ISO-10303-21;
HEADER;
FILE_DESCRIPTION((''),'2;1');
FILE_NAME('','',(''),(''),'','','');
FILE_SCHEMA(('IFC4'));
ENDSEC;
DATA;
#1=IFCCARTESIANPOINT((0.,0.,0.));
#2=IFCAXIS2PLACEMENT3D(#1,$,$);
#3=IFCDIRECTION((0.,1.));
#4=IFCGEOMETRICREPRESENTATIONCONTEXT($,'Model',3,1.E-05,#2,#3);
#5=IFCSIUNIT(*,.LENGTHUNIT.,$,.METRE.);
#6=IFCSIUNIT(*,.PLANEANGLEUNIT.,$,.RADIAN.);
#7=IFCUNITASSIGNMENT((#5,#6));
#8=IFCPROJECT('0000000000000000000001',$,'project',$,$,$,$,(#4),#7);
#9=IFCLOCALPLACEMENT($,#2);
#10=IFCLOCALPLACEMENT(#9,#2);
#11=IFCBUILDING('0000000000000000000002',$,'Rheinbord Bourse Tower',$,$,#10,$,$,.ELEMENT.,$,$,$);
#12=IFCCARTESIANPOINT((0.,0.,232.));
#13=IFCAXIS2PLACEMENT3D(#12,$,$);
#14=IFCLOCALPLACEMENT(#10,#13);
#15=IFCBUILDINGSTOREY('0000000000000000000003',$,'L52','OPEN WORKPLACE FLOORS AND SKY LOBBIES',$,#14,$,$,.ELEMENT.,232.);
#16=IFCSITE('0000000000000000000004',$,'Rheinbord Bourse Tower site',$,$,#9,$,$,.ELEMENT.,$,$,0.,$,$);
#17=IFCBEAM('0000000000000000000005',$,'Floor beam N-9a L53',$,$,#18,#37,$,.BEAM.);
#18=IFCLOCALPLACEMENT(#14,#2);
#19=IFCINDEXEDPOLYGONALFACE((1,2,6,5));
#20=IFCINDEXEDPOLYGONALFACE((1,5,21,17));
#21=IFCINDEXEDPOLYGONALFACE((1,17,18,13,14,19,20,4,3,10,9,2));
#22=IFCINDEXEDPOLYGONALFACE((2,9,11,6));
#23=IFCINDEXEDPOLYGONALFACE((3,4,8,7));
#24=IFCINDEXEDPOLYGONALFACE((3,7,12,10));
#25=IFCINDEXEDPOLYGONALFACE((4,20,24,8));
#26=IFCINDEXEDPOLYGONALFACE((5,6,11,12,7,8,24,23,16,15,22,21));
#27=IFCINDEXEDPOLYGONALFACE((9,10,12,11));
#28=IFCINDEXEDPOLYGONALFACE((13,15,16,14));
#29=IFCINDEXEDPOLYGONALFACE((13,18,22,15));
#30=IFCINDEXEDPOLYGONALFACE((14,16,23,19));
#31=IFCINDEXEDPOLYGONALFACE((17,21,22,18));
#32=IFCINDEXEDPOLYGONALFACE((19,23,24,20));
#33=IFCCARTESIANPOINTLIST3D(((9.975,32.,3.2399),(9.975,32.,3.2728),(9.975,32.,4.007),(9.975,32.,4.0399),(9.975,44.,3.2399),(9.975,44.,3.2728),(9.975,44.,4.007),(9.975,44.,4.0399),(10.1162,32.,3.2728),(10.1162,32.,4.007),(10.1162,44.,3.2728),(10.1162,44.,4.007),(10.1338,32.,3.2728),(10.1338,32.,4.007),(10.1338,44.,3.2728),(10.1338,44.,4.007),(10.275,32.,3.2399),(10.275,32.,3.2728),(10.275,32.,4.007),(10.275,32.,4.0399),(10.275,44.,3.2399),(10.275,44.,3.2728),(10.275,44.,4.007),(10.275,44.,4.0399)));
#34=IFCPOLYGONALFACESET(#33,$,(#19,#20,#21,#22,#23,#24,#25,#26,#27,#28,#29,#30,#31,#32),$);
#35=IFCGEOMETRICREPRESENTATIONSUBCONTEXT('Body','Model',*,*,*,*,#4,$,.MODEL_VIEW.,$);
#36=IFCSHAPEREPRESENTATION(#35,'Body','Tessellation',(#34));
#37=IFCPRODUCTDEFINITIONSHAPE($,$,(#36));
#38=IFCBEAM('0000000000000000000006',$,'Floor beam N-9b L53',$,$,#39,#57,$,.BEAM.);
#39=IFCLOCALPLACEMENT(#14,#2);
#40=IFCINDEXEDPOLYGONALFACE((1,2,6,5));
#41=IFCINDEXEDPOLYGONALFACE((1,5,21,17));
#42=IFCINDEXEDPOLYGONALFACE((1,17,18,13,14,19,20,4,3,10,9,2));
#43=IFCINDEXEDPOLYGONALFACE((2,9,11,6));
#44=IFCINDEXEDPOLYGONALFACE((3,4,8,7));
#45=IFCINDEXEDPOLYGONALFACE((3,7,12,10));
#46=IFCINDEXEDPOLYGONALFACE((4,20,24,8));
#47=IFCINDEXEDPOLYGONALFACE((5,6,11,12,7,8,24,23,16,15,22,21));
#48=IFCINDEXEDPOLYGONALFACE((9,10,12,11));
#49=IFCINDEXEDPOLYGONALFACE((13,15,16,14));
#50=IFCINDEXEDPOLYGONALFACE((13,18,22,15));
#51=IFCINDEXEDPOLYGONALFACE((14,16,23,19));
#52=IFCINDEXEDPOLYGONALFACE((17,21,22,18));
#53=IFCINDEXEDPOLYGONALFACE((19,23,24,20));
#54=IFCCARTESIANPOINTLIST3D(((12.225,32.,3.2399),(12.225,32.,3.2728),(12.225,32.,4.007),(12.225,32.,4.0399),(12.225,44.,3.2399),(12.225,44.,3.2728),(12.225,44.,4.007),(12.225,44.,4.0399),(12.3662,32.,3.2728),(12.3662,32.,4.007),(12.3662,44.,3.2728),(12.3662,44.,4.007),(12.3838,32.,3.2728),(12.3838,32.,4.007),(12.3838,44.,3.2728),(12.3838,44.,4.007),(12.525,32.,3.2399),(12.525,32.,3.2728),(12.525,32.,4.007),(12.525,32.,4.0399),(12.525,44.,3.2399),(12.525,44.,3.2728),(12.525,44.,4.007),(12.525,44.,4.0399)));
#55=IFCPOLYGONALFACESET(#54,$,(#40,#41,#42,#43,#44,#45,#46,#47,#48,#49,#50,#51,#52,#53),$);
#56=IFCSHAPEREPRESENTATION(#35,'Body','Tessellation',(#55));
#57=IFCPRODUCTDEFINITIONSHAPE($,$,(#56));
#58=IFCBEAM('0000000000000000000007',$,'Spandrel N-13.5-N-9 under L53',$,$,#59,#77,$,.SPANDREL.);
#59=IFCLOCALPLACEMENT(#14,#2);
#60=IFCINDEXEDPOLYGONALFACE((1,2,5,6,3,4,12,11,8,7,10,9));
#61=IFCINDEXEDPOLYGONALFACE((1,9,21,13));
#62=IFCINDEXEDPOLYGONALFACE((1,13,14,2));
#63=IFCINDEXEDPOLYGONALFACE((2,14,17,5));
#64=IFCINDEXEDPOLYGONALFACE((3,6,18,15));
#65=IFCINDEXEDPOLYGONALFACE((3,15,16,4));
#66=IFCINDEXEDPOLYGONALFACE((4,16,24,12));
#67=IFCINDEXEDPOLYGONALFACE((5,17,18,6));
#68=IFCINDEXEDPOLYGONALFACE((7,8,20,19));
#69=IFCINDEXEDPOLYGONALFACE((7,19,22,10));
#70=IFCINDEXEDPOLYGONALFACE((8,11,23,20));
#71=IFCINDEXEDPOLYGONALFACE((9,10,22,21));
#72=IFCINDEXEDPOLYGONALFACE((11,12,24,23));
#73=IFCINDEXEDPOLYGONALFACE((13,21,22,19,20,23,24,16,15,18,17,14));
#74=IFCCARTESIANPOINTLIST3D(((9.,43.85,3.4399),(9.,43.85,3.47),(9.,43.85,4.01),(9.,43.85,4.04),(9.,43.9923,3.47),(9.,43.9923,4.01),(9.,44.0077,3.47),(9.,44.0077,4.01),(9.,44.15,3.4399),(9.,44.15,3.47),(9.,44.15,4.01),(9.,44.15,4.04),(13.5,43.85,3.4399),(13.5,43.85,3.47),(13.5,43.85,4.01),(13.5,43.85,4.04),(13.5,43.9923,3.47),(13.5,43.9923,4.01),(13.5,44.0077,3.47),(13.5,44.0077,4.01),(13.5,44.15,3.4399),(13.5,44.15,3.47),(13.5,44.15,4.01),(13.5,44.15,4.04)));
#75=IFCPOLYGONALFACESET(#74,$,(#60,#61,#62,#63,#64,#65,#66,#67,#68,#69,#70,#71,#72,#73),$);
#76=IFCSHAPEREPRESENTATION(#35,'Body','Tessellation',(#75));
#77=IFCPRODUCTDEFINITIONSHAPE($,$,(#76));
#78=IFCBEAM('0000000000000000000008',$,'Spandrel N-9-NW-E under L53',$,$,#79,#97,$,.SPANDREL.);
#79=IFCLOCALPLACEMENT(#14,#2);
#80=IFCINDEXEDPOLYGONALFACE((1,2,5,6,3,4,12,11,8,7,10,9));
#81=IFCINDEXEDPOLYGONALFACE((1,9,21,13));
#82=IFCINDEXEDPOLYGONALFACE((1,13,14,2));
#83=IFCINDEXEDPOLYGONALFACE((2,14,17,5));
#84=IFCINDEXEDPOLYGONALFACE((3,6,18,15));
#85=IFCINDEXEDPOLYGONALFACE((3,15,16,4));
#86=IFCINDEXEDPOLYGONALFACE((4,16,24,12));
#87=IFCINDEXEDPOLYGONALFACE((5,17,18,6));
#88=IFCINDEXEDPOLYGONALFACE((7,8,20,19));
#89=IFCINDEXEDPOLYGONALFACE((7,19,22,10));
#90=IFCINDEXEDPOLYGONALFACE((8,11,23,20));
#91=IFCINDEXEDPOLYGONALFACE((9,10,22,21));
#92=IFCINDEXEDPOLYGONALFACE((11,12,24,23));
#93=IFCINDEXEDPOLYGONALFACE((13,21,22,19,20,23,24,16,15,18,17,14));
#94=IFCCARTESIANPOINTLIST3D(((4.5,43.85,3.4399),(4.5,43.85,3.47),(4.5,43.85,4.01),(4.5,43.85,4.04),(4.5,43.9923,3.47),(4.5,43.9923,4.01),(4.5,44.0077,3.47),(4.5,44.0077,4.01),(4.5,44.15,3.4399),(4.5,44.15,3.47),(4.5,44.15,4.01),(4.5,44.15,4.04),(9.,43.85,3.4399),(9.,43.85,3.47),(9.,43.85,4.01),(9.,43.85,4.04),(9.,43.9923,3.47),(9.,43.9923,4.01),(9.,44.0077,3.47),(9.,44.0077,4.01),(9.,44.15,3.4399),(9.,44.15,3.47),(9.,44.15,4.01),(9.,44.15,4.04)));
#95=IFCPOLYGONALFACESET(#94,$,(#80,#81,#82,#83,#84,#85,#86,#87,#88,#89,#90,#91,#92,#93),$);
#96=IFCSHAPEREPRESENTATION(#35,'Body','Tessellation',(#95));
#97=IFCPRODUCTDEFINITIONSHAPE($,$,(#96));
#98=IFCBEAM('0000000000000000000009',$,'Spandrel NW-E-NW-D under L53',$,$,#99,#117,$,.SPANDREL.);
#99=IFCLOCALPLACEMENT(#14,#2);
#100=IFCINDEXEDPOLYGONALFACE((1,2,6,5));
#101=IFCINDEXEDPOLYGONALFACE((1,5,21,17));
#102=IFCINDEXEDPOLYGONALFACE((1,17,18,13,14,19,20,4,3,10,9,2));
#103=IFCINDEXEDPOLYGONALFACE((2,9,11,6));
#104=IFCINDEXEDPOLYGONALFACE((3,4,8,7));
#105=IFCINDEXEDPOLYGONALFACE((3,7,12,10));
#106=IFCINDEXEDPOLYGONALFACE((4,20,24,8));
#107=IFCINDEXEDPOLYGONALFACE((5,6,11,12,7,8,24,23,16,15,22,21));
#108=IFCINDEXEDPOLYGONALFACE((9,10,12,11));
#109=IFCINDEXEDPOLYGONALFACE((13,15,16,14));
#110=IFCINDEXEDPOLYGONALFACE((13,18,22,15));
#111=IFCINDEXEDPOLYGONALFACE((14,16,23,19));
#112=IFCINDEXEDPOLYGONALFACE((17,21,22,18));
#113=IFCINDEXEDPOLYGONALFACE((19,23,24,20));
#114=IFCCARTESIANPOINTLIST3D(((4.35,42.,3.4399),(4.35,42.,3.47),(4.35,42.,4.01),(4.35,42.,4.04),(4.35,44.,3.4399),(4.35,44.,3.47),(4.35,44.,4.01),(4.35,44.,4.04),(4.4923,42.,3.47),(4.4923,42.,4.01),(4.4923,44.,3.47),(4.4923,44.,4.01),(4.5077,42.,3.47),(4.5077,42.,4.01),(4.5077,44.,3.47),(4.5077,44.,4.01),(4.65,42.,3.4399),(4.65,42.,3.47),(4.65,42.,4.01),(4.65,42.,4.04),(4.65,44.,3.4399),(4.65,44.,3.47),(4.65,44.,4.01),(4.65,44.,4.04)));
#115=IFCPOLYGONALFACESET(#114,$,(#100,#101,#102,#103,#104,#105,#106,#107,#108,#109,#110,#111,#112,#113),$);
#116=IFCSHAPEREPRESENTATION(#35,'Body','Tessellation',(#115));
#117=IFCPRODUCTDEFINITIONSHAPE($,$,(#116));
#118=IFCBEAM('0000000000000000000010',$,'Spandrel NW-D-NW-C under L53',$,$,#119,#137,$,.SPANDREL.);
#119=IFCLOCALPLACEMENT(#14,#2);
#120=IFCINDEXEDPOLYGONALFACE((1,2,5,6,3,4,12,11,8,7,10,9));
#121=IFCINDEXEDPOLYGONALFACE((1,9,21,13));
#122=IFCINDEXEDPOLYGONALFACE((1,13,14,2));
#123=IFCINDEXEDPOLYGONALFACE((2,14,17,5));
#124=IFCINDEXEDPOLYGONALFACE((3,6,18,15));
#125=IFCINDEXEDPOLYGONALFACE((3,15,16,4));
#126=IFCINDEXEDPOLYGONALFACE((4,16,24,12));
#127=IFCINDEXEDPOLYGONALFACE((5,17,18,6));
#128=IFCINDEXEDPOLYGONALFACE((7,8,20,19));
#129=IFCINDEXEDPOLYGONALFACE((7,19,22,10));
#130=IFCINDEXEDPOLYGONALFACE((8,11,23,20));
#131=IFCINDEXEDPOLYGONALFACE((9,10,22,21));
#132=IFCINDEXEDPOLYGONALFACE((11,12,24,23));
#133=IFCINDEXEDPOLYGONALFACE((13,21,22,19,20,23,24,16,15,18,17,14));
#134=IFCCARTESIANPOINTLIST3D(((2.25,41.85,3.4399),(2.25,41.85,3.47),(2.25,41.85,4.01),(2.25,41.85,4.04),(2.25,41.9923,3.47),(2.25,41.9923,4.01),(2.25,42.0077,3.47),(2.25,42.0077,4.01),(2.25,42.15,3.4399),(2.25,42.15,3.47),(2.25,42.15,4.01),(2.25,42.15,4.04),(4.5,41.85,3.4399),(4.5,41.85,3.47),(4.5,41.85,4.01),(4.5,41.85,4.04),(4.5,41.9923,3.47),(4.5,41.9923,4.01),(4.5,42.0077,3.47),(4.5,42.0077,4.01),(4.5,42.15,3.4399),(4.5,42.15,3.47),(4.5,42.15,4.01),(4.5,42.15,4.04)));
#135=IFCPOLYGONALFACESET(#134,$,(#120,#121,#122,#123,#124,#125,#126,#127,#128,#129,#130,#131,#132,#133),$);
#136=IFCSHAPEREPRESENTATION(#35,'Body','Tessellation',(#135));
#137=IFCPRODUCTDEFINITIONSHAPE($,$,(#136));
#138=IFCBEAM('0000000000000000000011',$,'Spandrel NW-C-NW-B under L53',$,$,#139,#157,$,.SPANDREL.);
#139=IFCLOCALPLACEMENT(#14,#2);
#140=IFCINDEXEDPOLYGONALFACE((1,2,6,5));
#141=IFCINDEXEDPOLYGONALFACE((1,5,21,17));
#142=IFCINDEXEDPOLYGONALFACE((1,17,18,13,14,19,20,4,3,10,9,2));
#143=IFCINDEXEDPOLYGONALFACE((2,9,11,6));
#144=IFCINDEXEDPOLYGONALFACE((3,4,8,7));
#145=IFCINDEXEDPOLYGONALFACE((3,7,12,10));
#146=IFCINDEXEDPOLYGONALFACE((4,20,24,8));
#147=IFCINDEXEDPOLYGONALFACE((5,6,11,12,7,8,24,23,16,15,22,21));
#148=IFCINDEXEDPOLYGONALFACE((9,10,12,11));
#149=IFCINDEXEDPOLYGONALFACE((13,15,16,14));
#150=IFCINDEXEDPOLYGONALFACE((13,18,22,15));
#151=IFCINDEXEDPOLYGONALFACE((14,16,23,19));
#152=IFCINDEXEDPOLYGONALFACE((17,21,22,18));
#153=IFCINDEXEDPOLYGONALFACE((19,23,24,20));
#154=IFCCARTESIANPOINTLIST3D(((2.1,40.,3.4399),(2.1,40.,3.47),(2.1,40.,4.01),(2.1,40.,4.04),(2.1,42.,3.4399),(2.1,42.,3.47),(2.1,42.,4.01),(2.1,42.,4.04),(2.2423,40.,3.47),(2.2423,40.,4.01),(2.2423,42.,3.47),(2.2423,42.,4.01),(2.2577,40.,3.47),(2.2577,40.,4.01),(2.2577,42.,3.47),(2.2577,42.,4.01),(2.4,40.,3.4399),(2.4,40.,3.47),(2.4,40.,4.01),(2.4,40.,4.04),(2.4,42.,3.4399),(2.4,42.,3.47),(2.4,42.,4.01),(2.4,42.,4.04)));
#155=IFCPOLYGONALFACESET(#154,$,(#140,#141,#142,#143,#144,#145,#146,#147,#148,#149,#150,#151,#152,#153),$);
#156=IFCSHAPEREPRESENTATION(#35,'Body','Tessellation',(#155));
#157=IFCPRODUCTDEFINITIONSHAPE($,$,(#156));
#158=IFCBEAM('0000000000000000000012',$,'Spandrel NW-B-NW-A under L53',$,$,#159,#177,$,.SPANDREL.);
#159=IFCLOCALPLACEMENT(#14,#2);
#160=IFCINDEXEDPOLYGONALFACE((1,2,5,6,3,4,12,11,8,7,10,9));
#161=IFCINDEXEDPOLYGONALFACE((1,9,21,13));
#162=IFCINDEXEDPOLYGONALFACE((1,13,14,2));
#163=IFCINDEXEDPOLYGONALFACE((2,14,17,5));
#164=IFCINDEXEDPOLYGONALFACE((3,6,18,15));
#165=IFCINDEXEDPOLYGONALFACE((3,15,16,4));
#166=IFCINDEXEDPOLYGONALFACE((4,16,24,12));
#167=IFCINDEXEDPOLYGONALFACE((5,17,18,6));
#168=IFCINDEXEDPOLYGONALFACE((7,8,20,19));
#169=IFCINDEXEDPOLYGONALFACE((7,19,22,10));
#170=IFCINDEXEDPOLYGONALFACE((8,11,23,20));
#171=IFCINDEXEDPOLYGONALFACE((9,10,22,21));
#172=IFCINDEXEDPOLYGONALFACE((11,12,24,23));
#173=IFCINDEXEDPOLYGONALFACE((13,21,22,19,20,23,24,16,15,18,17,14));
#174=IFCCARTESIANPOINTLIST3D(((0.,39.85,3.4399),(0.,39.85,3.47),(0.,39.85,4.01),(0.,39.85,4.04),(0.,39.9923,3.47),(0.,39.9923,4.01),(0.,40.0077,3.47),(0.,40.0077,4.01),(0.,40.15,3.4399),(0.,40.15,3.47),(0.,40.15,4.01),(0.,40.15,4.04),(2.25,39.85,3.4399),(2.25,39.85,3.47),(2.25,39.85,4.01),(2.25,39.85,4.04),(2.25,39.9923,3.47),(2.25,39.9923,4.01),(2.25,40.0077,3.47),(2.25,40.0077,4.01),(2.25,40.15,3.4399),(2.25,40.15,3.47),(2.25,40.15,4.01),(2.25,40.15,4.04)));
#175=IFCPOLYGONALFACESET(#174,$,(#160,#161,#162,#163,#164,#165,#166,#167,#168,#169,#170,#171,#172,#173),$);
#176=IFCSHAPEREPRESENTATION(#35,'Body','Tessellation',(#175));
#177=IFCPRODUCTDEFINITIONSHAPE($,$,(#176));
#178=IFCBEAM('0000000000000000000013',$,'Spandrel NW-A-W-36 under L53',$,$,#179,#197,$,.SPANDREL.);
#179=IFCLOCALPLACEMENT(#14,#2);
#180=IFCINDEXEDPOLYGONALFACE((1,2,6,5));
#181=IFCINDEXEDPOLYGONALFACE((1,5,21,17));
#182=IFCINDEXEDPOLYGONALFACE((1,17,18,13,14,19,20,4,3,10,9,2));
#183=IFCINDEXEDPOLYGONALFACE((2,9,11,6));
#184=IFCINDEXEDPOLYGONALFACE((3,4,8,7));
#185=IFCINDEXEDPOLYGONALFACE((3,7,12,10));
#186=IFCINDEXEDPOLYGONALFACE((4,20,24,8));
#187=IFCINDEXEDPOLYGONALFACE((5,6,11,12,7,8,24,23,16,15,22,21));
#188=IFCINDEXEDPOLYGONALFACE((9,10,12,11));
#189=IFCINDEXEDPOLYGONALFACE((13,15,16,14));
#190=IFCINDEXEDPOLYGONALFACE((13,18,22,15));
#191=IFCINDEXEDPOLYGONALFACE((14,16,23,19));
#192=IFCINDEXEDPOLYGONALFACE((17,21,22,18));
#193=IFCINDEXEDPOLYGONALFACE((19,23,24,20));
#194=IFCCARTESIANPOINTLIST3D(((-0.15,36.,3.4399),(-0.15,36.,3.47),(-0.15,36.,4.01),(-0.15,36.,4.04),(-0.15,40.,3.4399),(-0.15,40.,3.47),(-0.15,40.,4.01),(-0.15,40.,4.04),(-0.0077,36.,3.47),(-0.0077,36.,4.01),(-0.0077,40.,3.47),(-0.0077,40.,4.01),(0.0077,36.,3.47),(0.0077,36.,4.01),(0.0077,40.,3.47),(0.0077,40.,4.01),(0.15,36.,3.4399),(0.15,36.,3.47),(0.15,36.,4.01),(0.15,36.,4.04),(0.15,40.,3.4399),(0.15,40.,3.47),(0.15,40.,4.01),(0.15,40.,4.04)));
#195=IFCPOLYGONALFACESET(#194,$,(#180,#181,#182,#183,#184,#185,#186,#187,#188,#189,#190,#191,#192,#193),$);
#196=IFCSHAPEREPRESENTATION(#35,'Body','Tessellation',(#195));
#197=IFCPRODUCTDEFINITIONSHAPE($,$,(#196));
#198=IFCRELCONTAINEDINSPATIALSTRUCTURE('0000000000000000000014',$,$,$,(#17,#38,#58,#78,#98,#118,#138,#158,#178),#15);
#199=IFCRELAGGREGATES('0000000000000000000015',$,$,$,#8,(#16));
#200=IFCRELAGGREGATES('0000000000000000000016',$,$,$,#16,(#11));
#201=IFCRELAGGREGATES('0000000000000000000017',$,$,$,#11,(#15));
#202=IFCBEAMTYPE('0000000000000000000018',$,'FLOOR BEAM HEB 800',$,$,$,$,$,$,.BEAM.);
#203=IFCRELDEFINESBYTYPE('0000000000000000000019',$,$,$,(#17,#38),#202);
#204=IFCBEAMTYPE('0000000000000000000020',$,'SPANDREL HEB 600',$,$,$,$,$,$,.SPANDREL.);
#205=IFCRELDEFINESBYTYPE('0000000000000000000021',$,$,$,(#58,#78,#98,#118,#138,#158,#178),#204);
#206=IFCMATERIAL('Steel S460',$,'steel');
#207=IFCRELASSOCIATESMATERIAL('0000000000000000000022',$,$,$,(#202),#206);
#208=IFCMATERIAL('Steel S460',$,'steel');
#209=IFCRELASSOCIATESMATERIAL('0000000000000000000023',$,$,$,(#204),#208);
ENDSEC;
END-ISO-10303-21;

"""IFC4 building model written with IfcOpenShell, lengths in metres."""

from ifc_helpers import new_model, si_unit, direction, frame, origin, origin_2d, place, context, subcontext, project, spatial, i_section, extrude, material, material_profile, profile_set, type_object, element, save


model = new_model("IFC4")

# Units and contexts
model_context = context("Model", 3, precision=1e-05, world=origin(), true_north=direction((0.0, 1.0)))
body_context = subcontext(model_context, "Body", "Model", "MODEL_VIEW")
ifc_project = project(units=[si_unit("LENGTHUNIT", "METRE"), si_unit("PLANEANGLEUNIT", "RADIAN")], contexts=[model_context])

# Site, building, storey
site_placement = place(None, origin())
site = spatial("IfcSite", under=ifc_project, at=site_placement, Name="Rheinbord Bourse Tower site", CompositionType="ELEMENT", RefElevation=0.0)
building_placement = place(site_placement, origin())
building = spatial("IfcBuilding", under=site, at=building_placement, Name="Rheinbord Bourse Tower", CompositionType="ELEMENT")
storey_placement = place(building_placement, frame((0.0, 0.0, 232.0)))
storey = spatial("IfcBuildingStorey", under=building, at=storey_placement, Name="L52", Description="OPEN WORKPLACE FLOORS AND SKY LOBBIES", CompositionType="ELEMENT", Elevation=232.0)

# Beams
ifc_material_1 = material(Name="Steel S460", Category="steel")
ifc_material_profile_1 = material_profile(ifc_material_1, i_section(OverallWidth=0.3, OverallDepth=0.8, WebThickness=0.0176, FlangeThickness=0.033, at=origin_2d()), Name="HEB 800")
ifc_profile_set_1 = profile_set([ifc_material_profile_1], Name="Steel S460")
beam_type_1 = type_object("IfcBeamType", Name="FLOOR BEAM HEB 800", PredefinedType="BEAM", material=ifc_profile_set_1)
for number, where, z_axis, x_axis, name in (
    (1, (10.125, 44.0, 3.6399), (0.0, -1.0, 0.0), (1.0, 0.0, 0.0), "Floor beam N-9a L53"),
    (2, (12.375, 44.0, 3.6399), (0.0, -1.0, 0.0), (1.0, 0.0, 0.0), "Floor beam N-9b L53"),
):
    element("IfcBeam", number, at=place(storey_placement, frame(where, z_axis=z_axis, x_axis=x_axis)), inside=storey, type_object=beam_type_1, Name=name, PredefinedType="BEAM", context=body_context, shape_type="SweptSolid", body=[
        extrude(i_section(OverallWidth=0.3, OverallDepth=0.8, WebThickness=0.0176, FlangeThickness=0.033, at=origin_2d()), origin(), (0.0, 0.0, 1.0), 12.0),
    ])
ifc_material_2 = material(Name="Steel S460", Category="steel")
ifc_material_profile_2 = material_profile(ifc_material_2, i_section(OverallWidth=0.3, OverallDepth=0.6001, WebThickness=0.0154, FlangeThickness=0.03, at=origin_2d()), Name="HEB 600")
ifc_profile_set_2 = profile_set([ifc_material_profile_2], Name="Steel S460")
beam_type_2 = type_object("IfcBeamType", Name="SPANDREL HEB 600", PredefinedType="SPANDREL", material=ifc_profile_set_2)
for number, where, z_axis, x_axis, name in (
    (3, (13.5, 44.0, 3.74), (-1.0, 0.0, 0.0), (0.0, -1.0, 0.0), "Spandrel N-13.5-N-9 under L53"),
    (4, (9.0, 44.0, 3.74), (-1.0, 0.0, 0.0), (0.0, -1.0, 0.0), "Spandrel N-9-NW-E under L53"),
):
    element("IfcBeam", number, at=place(storey_placement, frame(where, z_axis=z_axis, x_axis=x_axis)), inside=storey, type_object=beam_type_2, Name=name, PredefinedType="SPANDREL", context=body_context, shape_type="SweptSolid", body=[
        extrude(i_section(OverallWidth=0.3, OverallDepth=0.6001, WebThickness=0.0154, FlangeThickness=0.03, at=origin_2d()), origin(), (0.0, 0.0, 1.0), 4.5),
    ])
beam_1_placement = place(storey_placement, frame((4.5, 44.0, 3.74), z_axis=(0.0, -1.0, 0.0), x_axis=(1.0, 0.0, 0.0)))
element("IfcBeam", 5, at=beam_1_placement, inside=storey, type_object=beam_type_2, Name="Spandrel NW-E-NW-D under L53", PredefinedType="SPANDREL", context=body_context, shape_type="SweptSolid", body=[
    extrude(i_section(OverallWidth=0.3, OverallDepth=0.6001, WebThickness=0.0154, FlangeThickness=0.03, at=origin_2d()), origin(), (0.0, 0.0, 1.0), 2.0),
])
beam_2_placement = place(storey_placement, frame((4.5, 42.0, 3.74), z_axis=(-1.0, 0.0, 0.0), x_axis=(0.0, -1.0, 0.0)))
element("IfcBeam", 6, at=beam_2_placement, inside=storey, type_object=beam_type_2, Name="Spandrel NW-D-NW-C under L53", PredefinedType="SPANDREL", context=body_context, shape_type="SweptSolid", body=[
    extrude(i_section(OverallWidth=0.3, OverallDepth=0.6001, WebThickness=0.0154, FlangeThickness=0.03, at=origin_2d()), origin(), (0.0, 0.0, 1.0), 2.25),
])
beam_3_placement = place(storey_placement, frame((2.25, 42.0, 3.74), z_axis=(0.0, -1.0, 0.0), x_axis=(1.0, 0.0, 0.0)))
element("IfcBeam", 7, at=beam_3_placement, inside=storey, type_object=beam_type_2, Name="Spandrel NW-C-NW-B under L53", PredefinedType="SPANDREL", context=body_context, shape_type="SweptSolid", body=[
    extrude(i_section(OverallWidth=0.3, OverallDepth=0.6001, WebThickness=0.0154, FlangeThickness=0.03, at=origin_2d()), origin(), (0.0, 0.0, 1.0), 2.0),
])
beam_4_placement = place(storey_placement, frame((2.25, 40.0, 3.74), z_axis=(-1.0, 0.0, 0.0), x_axis=(0.0, -1.0, 0.0)))
element("IfcBeam", 8, at=beam_4_placement, inside=storey, type_object=beam_type_2, Name="Spandrel NW-B-NW-A under L53", PredefinedType="SPANDREL", context=body_context, shape_type="SweptSolid", body=[
    extrude(i_section(OverallWidth=0.3, OverallDepth=0.6001, WebThickness=0.0154, FlangeThickness=0.03, at=origin_2d()), origin(), (0.0, 0.0, 1.0), 2.25),
])
beam_5_placement = place(storey_placement, frame((0.0, 40.0, 3.74), z_axis=(0.0, -1.0, 0.0), x_axis=(1.0, 0.0, 0.0)))
element("IfcBeam", 9, at=beam_5_placement, inside=storey, type_object=beam_type_2, Name="Spandrel NW-A-W-36 under L53", PredefinedType="SPANDREL", context=body_context, shape_type="SweptSolid", body=[
    extrude(i_section(OverallWidth=0.3, OverallDepth=0.6001, WebThickness=0.0154, FlangeThickness=0.03, at=origin_2d()), origin(), (0.0, 0.0, 1.0), 4.0),
])

save(model, "model.ifc")
